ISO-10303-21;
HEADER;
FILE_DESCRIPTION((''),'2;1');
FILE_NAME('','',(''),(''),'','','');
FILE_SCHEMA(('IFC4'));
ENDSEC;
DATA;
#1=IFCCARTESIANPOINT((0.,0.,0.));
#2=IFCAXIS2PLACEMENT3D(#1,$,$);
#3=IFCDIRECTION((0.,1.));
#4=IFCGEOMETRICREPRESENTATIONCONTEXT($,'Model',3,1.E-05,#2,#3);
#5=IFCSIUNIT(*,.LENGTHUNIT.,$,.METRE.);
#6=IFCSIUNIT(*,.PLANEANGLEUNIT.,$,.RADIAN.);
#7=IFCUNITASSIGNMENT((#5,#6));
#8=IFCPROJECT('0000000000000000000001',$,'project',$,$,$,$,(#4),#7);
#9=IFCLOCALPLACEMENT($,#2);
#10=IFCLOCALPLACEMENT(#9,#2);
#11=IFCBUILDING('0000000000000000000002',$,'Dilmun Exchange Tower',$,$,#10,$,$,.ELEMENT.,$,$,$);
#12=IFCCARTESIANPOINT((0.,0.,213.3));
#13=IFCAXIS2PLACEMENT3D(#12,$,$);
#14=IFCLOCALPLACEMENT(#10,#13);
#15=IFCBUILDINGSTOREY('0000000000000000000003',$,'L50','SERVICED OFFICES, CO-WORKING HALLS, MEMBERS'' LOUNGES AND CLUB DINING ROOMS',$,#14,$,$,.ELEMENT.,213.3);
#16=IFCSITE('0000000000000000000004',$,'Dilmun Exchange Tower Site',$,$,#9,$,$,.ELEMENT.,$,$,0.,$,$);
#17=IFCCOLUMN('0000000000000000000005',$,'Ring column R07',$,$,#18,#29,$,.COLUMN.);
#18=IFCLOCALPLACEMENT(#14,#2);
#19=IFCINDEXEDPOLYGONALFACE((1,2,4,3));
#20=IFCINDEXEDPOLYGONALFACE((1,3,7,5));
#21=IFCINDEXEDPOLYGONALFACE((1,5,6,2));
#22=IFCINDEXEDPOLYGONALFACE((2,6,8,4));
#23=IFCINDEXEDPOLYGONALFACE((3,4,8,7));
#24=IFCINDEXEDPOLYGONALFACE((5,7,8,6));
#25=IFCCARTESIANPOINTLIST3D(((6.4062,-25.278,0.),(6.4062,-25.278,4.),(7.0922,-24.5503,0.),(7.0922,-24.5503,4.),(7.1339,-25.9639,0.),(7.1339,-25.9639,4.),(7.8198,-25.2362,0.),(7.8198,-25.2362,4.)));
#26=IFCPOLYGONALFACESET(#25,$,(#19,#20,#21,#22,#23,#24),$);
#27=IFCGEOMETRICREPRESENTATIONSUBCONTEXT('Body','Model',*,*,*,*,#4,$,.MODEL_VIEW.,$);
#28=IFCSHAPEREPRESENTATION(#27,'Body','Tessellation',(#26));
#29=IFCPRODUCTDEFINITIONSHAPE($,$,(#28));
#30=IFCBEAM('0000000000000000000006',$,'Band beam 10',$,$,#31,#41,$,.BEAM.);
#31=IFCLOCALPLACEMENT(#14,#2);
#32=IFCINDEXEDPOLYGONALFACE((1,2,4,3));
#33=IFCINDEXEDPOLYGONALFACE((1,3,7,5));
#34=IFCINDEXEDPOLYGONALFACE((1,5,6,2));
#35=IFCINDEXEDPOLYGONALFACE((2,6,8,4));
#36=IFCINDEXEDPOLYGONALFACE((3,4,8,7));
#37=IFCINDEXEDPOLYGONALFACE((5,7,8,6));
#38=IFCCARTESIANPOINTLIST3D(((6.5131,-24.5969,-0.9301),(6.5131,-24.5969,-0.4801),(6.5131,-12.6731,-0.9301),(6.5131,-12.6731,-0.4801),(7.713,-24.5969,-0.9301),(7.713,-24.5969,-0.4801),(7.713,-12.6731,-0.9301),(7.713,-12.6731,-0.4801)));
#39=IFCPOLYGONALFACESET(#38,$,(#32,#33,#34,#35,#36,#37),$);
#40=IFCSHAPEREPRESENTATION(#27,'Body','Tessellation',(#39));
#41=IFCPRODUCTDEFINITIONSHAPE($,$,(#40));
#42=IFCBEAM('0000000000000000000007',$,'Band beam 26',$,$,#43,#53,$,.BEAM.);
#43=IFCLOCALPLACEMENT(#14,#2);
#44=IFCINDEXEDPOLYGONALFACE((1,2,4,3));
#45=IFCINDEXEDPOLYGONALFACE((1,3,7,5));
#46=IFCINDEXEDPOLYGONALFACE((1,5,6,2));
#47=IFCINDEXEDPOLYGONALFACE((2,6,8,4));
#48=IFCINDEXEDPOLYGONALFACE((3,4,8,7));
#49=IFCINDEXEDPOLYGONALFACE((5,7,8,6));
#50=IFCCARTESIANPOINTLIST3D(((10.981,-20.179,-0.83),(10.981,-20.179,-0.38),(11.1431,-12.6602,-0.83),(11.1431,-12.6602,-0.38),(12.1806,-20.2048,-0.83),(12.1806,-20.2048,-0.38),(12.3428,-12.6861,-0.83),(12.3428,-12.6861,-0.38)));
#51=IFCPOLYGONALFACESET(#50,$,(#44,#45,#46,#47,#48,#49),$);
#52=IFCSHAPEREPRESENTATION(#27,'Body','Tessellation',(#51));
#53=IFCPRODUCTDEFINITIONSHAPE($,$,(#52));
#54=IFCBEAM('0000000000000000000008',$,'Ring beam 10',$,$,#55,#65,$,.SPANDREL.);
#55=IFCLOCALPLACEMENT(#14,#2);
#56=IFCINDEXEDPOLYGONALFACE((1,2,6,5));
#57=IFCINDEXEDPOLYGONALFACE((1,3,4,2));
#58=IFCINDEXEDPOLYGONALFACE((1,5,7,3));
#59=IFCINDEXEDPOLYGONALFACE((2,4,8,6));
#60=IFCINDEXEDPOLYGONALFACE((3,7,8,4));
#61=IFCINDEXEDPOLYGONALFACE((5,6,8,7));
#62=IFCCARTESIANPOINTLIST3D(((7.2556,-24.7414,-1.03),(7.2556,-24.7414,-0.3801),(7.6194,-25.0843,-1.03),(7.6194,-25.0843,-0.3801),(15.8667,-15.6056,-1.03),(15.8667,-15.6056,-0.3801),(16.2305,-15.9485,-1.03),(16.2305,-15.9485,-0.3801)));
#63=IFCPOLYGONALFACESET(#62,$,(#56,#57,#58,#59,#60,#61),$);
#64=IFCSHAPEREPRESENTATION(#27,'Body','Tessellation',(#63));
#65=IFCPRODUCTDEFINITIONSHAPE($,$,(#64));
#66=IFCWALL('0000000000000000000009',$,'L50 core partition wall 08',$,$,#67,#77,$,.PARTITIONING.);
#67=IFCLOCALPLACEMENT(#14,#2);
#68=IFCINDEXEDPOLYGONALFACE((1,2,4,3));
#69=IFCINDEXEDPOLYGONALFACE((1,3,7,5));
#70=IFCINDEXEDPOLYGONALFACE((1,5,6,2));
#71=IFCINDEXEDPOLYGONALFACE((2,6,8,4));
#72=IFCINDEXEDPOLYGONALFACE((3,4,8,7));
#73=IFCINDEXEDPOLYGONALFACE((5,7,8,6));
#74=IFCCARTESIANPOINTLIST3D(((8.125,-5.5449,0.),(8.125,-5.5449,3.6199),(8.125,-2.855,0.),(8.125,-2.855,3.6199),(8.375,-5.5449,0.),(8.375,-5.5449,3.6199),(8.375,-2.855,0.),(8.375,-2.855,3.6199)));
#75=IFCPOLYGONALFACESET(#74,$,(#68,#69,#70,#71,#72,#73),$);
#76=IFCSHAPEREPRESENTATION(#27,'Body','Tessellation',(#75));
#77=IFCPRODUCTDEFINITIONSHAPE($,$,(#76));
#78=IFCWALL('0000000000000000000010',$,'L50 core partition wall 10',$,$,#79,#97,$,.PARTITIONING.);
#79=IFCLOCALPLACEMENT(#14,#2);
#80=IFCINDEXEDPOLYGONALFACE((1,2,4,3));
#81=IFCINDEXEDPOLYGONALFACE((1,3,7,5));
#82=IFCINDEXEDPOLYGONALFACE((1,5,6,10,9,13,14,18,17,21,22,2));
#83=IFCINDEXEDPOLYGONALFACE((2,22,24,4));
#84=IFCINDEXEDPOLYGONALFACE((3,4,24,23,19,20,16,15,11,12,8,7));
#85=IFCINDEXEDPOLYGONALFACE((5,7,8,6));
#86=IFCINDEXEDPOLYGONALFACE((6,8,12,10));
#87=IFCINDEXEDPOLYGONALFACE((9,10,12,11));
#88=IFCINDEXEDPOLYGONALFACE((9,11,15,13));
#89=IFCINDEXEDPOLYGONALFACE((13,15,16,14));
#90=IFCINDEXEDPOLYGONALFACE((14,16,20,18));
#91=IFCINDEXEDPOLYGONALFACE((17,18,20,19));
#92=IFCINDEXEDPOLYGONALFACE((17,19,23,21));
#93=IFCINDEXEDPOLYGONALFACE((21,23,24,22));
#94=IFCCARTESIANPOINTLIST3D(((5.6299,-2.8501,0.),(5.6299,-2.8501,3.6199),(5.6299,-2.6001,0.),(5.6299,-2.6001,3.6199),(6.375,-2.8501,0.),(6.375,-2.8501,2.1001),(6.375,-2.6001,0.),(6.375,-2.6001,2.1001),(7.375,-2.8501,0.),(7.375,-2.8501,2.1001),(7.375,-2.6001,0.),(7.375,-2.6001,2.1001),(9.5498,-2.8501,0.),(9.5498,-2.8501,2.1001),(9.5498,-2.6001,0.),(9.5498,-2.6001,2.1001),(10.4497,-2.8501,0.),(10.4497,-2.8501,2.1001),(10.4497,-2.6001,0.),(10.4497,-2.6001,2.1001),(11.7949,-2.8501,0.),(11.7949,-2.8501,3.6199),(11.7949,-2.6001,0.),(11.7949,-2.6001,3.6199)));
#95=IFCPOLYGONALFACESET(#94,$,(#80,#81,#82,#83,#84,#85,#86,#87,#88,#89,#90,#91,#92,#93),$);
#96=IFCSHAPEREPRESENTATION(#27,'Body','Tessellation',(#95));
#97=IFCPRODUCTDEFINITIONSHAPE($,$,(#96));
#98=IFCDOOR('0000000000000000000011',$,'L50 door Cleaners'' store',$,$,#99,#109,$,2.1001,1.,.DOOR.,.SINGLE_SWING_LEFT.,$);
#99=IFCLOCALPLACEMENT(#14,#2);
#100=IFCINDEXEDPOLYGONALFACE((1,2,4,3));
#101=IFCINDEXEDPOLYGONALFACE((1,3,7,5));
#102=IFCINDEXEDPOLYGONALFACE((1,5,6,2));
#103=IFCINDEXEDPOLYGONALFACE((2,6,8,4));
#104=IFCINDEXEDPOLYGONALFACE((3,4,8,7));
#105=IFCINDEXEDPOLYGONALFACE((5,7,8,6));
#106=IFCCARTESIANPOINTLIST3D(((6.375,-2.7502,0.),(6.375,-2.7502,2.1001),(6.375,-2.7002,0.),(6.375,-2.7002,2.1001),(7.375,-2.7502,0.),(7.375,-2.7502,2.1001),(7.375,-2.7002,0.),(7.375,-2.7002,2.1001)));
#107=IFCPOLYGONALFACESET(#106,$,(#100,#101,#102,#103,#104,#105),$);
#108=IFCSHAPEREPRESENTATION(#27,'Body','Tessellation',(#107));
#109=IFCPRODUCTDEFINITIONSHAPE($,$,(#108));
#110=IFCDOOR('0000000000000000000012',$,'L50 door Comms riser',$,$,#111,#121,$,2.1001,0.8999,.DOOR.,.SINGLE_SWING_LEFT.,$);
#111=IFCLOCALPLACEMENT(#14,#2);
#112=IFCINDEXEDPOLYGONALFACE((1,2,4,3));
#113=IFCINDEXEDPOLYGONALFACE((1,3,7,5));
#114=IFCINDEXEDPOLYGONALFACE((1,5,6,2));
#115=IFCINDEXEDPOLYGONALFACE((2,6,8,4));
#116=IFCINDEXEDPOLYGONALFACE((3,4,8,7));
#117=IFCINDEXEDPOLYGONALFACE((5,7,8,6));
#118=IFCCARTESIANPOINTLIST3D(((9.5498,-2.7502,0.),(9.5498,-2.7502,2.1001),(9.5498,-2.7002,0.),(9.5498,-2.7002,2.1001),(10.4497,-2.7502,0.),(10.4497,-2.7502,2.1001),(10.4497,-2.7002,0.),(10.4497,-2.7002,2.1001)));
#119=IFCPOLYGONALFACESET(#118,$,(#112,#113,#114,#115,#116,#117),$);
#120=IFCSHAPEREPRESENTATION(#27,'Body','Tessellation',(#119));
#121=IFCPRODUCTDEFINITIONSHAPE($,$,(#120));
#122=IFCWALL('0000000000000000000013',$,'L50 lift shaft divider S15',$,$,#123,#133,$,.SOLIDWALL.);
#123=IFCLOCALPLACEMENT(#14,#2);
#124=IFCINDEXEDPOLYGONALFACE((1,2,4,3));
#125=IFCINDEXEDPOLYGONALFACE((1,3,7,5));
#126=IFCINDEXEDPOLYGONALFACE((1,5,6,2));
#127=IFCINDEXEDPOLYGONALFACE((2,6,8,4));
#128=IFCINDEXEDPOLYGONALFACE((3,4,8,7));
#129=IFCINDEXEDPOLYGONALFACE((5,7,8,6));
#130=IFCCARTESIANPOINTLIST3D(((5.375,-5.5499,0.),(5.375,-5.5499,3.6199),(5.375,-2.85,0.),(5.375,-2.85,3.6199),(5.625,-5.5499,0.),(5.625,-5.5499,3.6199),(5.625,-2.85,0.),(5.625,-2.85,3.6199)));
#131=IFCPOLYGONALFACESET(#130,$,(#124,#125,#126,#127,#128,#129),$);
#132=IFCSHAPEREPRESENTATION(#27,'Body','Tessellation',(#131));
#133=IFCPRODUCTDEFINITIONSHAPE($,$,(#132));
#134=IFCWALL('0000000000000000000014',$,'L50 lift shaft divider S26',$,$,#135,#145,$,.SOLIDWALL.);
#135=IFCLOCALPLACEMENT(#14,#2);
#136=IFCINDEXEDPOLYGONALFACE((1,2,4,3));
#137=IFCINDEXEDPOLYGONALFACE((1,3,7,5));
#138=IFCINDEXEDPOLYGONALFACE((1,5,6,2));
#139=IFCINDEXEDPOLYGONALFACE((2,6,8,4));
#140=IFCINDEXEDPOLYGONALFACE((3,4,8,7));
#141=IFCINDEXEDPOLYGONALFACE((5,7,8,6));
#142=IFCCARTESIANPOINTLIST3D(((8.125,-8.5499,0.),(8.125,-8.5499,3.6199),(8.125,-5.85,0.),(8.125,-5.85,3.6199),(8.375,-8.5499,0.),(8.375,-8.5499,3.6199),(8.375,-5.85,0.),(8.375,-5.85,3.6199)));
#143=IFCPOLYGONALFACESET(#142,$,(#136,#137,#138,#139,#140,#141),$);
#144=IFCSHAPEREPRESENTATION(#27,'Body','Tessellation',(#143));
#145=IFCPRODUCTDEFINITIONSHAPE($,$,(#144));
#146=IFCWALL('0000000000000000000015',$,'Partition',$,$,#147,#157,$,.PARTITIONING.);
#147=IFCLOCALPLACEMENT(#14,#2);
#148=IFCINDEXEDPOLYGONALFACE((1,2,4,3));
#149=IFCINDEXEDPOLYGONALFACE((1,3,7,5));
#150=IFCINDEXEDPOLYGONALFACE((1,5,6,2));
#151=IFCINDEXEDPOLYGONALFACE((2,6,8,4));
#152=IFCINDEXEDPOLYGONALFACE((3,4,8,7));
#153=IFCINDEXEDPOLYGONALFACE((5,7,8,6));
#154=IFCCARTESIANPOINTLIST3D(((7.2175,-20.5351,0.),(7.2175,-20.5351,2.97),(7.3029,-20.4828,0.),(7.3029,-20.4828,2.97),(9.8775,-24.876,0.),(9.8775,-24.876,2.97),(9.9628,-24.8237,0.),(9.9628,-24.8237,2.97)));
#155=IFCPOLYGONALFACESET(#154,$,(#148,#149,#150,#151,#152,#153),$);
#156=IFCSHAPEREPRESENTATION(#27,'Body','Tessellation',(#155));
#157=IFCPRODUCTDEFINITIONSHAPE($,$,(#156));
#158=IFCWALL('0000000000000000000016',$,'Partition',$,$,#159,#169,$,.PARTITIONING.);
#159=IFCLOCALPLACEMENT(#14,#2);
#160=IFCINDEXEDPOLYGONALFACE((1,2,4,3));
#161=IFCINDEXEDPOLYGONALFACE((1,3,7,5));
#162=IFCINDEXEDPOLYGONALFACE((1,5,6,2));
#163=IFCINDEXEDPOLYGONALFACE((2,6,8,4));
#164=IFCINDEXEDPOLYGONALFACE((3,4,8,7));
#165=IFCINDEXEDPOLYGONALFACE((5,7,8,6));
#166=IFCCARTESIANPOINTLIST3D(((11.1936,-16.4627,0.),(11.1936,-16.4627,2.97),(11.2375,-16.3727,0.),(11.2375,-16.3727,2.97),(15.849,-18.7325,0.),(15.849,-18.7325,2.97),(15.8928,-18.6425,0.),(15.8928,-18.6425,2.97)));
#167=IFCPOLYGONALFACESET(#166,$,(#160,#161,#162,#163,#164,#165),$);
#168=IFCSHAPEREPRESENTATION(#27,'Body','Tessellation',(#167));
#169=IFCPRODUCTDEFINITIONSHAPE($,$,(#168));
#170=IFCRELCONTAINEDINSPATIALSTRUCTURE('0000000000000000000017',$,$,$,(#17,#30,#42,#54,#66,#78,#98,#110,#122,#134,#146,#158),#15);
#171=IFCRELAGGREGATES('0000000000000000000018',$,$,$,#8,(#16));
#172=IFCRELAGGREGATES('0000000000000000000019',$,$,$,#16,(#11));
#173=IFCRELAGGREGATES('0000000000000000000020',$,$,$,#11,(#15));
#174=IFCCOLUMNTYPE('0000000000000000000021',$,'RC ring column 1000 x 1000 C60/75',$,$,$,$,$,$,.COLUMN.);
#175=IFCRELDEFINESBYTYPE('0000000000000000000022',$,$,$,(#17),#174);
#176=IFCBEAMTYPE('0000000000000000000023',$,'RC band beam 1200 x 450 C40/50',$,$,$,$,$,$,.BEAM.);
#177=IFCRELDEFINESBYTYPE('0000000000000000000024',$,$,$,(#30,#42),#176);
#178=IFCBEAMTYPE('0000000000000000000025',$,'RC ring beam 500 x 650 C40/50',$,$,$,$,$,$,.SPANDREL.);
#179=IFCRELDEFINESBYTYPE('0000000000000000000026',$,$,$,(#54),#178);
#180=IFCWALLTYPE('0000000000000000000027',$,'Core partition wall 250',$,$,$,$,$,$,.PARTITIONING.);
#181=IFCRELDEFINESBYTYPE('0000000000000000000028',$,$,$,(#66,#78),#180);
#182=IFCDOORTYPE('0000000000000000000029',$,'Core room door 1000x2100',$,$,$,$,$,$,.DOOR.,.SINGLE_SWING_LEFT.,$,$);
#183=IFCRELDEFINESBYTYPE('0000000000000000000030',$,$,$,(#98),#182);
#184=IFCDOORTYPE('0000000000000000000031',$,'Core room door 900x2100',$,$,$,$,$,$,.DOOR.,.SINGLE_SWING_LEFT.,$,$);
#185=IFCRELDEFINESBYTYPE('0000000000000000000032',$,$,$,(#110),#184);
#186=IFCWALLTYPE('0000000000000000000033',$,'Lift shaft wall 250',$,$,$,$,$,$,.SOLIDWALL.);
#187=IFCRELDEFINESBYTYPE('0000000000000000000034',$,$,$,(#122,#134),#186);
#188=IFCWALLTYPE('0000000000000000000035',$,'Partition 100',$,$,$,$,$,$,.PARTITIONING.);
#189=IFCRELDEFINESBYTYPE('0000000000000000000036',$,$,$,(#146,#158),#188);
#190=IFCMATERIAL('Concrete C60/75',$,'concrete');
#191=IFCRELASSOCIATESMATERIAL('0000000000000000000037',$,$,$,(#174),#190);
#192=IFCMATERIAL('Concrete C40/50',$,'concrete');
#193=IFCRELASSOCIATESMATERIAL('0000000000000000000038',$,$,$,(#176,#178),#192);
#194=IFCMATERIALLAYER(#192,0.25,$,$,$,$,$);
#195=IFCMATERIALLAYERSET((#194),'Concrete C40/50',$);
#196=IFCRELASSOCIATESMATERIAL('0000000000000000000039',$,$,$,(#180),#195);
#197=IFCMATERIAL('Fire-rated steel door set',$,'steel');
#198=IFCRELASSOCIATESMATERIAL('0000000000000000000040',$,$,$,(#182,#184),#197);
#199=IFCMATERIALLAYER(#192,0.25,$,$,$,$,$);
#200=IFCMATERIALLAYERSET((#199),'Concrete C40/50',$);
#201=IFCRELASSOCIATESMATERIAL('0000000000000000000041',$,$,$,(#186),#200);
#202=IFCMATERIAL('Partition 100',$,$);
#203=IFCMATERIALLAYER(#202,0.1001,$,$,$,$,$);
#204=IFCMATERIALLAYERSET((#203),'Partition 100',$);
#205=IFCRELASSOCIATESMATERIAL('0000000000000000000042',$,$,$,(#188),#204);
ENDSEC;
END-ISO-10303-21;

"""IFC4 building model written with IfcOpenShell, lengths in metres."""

from ifc_helpers import new_model, si_unit, direction, frame, frame_2d, origin, origin_2d, place, context, subcontext, project, spatial, rectangle, extrude, material, layer, layer_set, material_profile, profile_set, type_object, element, fill, save


model = new_model("IFC4")

# Units and contexts
model_context = context("Model", 3, precision=1e-05, world=origin(), true_north=direction((0.0, 1.0)))
body_context = subcontext(model_context, "Body", "Model", "MODEL_VIEW")
ifc_project = project(units=[si_unit("LENGTHUNIT", "METRE"), si_unit("PLANEANGLEUNIT", "RADIAN")], contexts=[model_context])

# Site, building, storey
site_placement = place(None, origin())
site = spatial("IfcSite", under=ifc_project, at=site_placement, Name="Dilmun Exchange Tower Site", CompositionType="ELEMENT", RefElevation=0.0)
building_placement = place(site_placement, origin())
building = spatial("IfcBuilding", under=site, at=building_placement, Name="Dilmun Exchange Tower", CompositionType="ELEMENT")
storey_placement = place(building_placement, frame((0.0, 0.0, 213.3)))
storey = spatial("IfcBuildingStorey", under=building, at=storey_placement, Name="L50", Description="SERVICED OFFICES, CO-WORKING HALLS, MEMBERS' LOUNGES AND CLUB DINING ROOMS", CompositionType="ELEMENT", Elevation=213.3)

# Column
ifc_material_1 = material(Name="Concrete C60/75", Category="concrete")
ifc_material_profile_1 = material_profile(ifc_material_1, rectangle(XDim=1.0, YDim=1.0, at=origin_2d()), Name="1000 x 1000")
ifc_profile_set_1 = profile_set([ifc_material_profile_1], Name="Concrete C60/75")
column_type = type_object("IfcColumnType", Name="RC ring column 1000 x 1000 C60/75", PredefinedType="COLUMN", material=ifc_profile_set_1)
column_placement = place(storey_placement, frame((7.113, -25.2571, 0.0), z_axis=(0.0, 0.0, 1.0), x_axis=(0.685916, 0.727681, 0.0)))
element("IfcColumn", 1, at=column_placement, inside=storey, type_object=column_type, Name="Ring column R07", PredefinedType="COLUMN", context=body_context, shape_type="SweptSolid", body=[
    extrude(rectangle(XDim=1.0, YDim=1.0, at=origin_2d()), origin(), (0.0, 0.0, 1.0), 4.0),
])

# Beams
ifc_material_2 = material(Name="Concrete C40/50", Category="concrete")
ifc_material_profile_2 = material_profile(ifc_material_2, rectangle(XDim=1.2, YDim=0.45, at=origin_2d()), Name="1200 x 450")
ifc_profile_set_2 = profile_set([ifc_material_profile_2], Name="Concrete C40/50")
beam_type_1 = type_object("IfcBeamType", Name="RC band beam 1200 x 450 C40/50", PredefinedType="BEAM", material=ifc_profile_set_2)
beam_1_placement = place(storey_placement, frame((7.113, -24.5969, -0.7051), z_axis=(0.0, 1.0, 0.0), x_axis=(-1.0, 0.0, 0.0)))
element("IfcBeam", 2, at=beam_1_placement, inside=storey, type_object=beam_type_1, Name="Band beam 10", PredefinedType="BEAM", context=body_context, shape_type="SweptSolid", body=[
    extrude(rectangle(XDim=1.2, YDim=0.45, at=origin_2d()), origin(), (0.0, 0.0, 1.0), 11.9238),
])
beam_2_placement = place(storey_placement, frame((11.5808, -20.1919, -0.605), z_axis=(0.021556, 0.999768, 0.0), x_axis=(-0.999768, 0.021556, 0.0)))
element("IfcBeam", 3, at=beam_2_placement, inside=storey, type_object=beam_type_1, Name="Band beam 26", PredefinedType="BEAM", context=body_context, shape_type="SweptSolid", body=[
    extrude(rectangle(XDim=1.2, YDim=0.45, at=origin_2d()), origin(), (0.0, 0.0, 1.0), 7.5205),
])
ifc_material_profile_3 = material_profile(ifc_material_2, rectangle(XDim=0.5, YDim=0.6499, at=origin_2d()), Name="500 x 650")
ifc_profile_set_3 = profile_set([ifc_material_profile_3], Name="Concrete C40/50")
beam_type_2 = type_object("IfcBeamType", Name="RC ring beam 500 x 650 C40/50", PredefinedType="SPANDREL", material=ifc_profile_set_3)
beam_3_placement = place(storey_placement, frame((7.4375, -24.9128, -0.7051), z_axis=(0.685903, 0.727693, 0.0), x_axis=(-0.727693, 0.685903, 0.0)))
element("IfcBeam", 4, at=beam_3_placement, inside=storey, type_object=beam_type_2, Name="Ring beam 10", PredefinedType="SPANDREL", context=body_context, shape_type="SweptSolid", body=[
    extrude(rectangle(XDim=0.5, YDim=0.6499, at=origin_2d()), origin(), (0.0, 0.0, 1.0), 12.5544),
])

# Wall
ifc_layer_1 = layer(ifc_material_2, 0.25)
ifc_layer_set_1 = layer_set([ifc_layer_1], Name="Concrete C40/50")
wall_type_1 = type_object("IfcWallType", Name="Core partition wall 250", PredefinedType="PARTITIONING", material=ifc_layer_set_1)
wall_1_placement = place(storey_placement, frame((8.25, -5.5449, 0.0), z_axis=(0.0, 0.0, 1.0), x_axis=(0.0, 1.0, 0.0)))
element("IfcWall", 5, at=wall_1_placement, inside=storey, type_object=wall_type_1, Name="L50 core partition wall 08", PredefinedType="PARTITIONING", context=body_context, shape_type="SweptSolid", body=[
    extrude(rectangle(XDim=2.6899, YDim=0.25, at=frame_2d((1.345, 0.0))), origin(), (0.0, 0.0, 1.0), 3.6199),
])

# Wall, openings, doors
wall_2_placement = place(storey_placement, frame((5.6299, -2.7251, 0.0), z_axis=(0.0, 0.0, 1.0), x_axis=(1.0, 0.0, 0.0)))
wall_2 = element("IfcWall", 6, at=wall_2_placement, inside=storey, type_object=wall_type_1, Name="L50 core partition wall 10", PredefinedType="PARTITIONING", context=body_context, shape_type="SweptSolid", body=[
    extrude(rectangle(XDim=6.165, YDim=0.25, at=frame_2d((3.0825, 0.0))), origin(), (0.0, 0.0, 1.0), 3.6199),
])
opening_1_placement = place(wall_2_placement, frame((0.7451, 0.0, 0.0)))
opening_1 = element("IfcOpeningElement", 7, at=opening_1_placement, cuts=wall_2, PredefinedType="OPENING", context=body_context, shape_type="SweptSolid", body=[
    extrude(rectangle(XDim=1.0, YDim=2.1001, at=frame_2d((0.5, 1.05))), frame((0.0, 0.135, 0.0), z_axis=(0.0, -1.0, 0.0), x_axis=(1.0, 0.0, 0.0)), (0.0, 0.0, 1.0), 0.27),
])
opening_2_placement = place(wall_2_placement, frame((3.9199, 0.0, 0.0)))
opening_2 = element("IfcOpeningElement", 8, at=opening_2_placement, cuts=wall_2, PredefinedType="OPENING", context=body_context, shape_type="SweptSolid", body=[
    extrude(rectangle(XDim=0.8999, YDim=2.1001, at=frame_2d((0.45, 1.05))), frame((0.0, 0.135, 0.0), z_axis=(0.0, -1.0, 0.0), x_axis=(1.0, 0.0, 0.0)), (0.0, 0.0, 1.0), 0.27),
])
ifc_material_3 = material(Name="Fire-rated steel door set", Category="steel")
door_type_1 = type_object("IfcDoorType", Name="Core room door 1000x2100", OperationType="SINGLE_SWING_LEFT", PredefinedType="DOOR", material=ifc_material_3)
door_1_placement = place(opening_1_placement, origin())
door_1 = element("IfcDoor", 9, at=door_1_placement, inside=storey, type_object=door_type_1, Name="L50 door Cleaners' store", OperationType="SINGLE_SWING_LEFT", OverallHeight=2.1001, OverallWidth=1.0, PredefinedType="DOOR", context=body_context, shape_type="SweptSolid", body=[
    extrude(rectangle(XDim=1.0, YDim=2.1001, at=frame_2d((0.5, 1.05))), frame((0.0, 0.0249, 0.0), z_axis=(0.0, -1.0, 0.0), x_axis=(1.0, 0.0, 0.0)), (0.0, 0.0, 1.0), 0.05),
])
fill(opening_1, door_1)
door_type_2 = type_object("IfcDoorType", Name="Core room door 900x2100", OperationType="SINGLE_SWING_LEFT", PredefinedType="DOOR", material=ifc_material_3)
door_2_placement = place(opening_2_placement, origin())
door_2 = element("IfcDoor", 10, at=door_2_placement, inside=storey, type_object=door_type_2, Name="L50 door Comms riser", OperationType="SINGLE_SWING_LEFT", OverallHeight=2.1001, OverallWidth=0.8999, PredefinedType="DOOR", context=body_context, shape_type="SweptSolid", body=[
    extrude(rectangle(XDim=0.8999, YDim=2.1001, at=frame_2d((0.45, 1.05))), frame((0.0, 0.0249, 0.0), z_axis=(0.0, -1.0, 0.0), x_axis=(1.0, 0.0, 0.0)), (0.0, 0.0, 1.0), 0.05),
])
fill(opening_2, door_2)

# Walls
ifc_layer_2 = layer(ifc_material_2, 0.25)
ifc_layer_set_2 = layer_set([ifc_layer_2], Name="Concrete C40/50")
wall_type_2 = type_object("IfcWallType", Name="Lift shaft wall 250", PredefinedType="SOLIDWALL", material=ifc_layer_set_2)
for number, where, z_axis, x_axis, name in (
    (11, (5.5, -5.55, 0.0), (0.0, 0.0, 1.0), (0.0, 1.0, 0.0), "L50 lift shaft divider S15"),
    (12, (8.25, -8.55, 0.0), (0.0, 0.0, 1.0), (0.0, 1.0, 0.0), "L50 lift shaft divider S26"),
):
    element("IfcWall", number, at=place(storey_placement, frame(where, z_axis=z_axis, x_axis=x_axis)), inside=storey, type_object=wall_type_2, Name=name, PredefinedType="SOLIDWALL", context=body_context, shape_type="SweptSolid", body=[
        extrude(rectangle(XDim=2.7, YDim=0.25, at=frame_2d((1.3501, 0.0))), origin(), (0.0, 0.0, 1.0), 3.6199),
    ])
ifc_material_4 = material(Name="Partition 100")
ifc_layer_3 = layer(ifc_material_4, 0.1001)
ifc_layer_set_3 = layer_set([ifc_layer_3], Name="Partition 100")
wall_type_3 = type_object("IfcWallType", Name="Partition 100", PredefinedType="PARTITIONING", material=ifc_layer_set_3)
wall_3_placement = place(storey_placement, frame((7.2603, -20.509, 0.0), z_axis=(0.0, 0.0, 1.0), x_axis=(0.522478, -0.852653, 0.0)))
element("IfcWall", 13, at=wall_3_placement, inside=storey, type_object=wall_type_3, Name="Partition", PredefinedType="PARTITIONING", context=body_context, shape_type="SweptSolid", body=[
    extrude(rectangle(XDim=5.0911, YDim=0.1001, at=frame_2d((2.5454, 0.0))), origin(), (0.0, 0.0, 1.0), 2.97),
])
wall_4_placement = place(storey_placement, frame((11.2156, -16.4177, 0.0), z_axis=(0.0, 0.0, 1.0), x_axis=(0.898851, -0.438254, 0.0)))
element("IfcWall", 14, at=wall_4_placement, inside=storey, type_object=wall_type_3, Name="Partition", PredefinedType="PARTITIONING", context=body_context, shape_type="SweptSolid", body=[
    extrude(rectangle(XDim=5.1792, YDim=0.1001, at=frame_2d((2.5896, 0.0))), origin(), (0.0, 0.0, 1.0), 2.97),
])

save(model, "model.ifc")
